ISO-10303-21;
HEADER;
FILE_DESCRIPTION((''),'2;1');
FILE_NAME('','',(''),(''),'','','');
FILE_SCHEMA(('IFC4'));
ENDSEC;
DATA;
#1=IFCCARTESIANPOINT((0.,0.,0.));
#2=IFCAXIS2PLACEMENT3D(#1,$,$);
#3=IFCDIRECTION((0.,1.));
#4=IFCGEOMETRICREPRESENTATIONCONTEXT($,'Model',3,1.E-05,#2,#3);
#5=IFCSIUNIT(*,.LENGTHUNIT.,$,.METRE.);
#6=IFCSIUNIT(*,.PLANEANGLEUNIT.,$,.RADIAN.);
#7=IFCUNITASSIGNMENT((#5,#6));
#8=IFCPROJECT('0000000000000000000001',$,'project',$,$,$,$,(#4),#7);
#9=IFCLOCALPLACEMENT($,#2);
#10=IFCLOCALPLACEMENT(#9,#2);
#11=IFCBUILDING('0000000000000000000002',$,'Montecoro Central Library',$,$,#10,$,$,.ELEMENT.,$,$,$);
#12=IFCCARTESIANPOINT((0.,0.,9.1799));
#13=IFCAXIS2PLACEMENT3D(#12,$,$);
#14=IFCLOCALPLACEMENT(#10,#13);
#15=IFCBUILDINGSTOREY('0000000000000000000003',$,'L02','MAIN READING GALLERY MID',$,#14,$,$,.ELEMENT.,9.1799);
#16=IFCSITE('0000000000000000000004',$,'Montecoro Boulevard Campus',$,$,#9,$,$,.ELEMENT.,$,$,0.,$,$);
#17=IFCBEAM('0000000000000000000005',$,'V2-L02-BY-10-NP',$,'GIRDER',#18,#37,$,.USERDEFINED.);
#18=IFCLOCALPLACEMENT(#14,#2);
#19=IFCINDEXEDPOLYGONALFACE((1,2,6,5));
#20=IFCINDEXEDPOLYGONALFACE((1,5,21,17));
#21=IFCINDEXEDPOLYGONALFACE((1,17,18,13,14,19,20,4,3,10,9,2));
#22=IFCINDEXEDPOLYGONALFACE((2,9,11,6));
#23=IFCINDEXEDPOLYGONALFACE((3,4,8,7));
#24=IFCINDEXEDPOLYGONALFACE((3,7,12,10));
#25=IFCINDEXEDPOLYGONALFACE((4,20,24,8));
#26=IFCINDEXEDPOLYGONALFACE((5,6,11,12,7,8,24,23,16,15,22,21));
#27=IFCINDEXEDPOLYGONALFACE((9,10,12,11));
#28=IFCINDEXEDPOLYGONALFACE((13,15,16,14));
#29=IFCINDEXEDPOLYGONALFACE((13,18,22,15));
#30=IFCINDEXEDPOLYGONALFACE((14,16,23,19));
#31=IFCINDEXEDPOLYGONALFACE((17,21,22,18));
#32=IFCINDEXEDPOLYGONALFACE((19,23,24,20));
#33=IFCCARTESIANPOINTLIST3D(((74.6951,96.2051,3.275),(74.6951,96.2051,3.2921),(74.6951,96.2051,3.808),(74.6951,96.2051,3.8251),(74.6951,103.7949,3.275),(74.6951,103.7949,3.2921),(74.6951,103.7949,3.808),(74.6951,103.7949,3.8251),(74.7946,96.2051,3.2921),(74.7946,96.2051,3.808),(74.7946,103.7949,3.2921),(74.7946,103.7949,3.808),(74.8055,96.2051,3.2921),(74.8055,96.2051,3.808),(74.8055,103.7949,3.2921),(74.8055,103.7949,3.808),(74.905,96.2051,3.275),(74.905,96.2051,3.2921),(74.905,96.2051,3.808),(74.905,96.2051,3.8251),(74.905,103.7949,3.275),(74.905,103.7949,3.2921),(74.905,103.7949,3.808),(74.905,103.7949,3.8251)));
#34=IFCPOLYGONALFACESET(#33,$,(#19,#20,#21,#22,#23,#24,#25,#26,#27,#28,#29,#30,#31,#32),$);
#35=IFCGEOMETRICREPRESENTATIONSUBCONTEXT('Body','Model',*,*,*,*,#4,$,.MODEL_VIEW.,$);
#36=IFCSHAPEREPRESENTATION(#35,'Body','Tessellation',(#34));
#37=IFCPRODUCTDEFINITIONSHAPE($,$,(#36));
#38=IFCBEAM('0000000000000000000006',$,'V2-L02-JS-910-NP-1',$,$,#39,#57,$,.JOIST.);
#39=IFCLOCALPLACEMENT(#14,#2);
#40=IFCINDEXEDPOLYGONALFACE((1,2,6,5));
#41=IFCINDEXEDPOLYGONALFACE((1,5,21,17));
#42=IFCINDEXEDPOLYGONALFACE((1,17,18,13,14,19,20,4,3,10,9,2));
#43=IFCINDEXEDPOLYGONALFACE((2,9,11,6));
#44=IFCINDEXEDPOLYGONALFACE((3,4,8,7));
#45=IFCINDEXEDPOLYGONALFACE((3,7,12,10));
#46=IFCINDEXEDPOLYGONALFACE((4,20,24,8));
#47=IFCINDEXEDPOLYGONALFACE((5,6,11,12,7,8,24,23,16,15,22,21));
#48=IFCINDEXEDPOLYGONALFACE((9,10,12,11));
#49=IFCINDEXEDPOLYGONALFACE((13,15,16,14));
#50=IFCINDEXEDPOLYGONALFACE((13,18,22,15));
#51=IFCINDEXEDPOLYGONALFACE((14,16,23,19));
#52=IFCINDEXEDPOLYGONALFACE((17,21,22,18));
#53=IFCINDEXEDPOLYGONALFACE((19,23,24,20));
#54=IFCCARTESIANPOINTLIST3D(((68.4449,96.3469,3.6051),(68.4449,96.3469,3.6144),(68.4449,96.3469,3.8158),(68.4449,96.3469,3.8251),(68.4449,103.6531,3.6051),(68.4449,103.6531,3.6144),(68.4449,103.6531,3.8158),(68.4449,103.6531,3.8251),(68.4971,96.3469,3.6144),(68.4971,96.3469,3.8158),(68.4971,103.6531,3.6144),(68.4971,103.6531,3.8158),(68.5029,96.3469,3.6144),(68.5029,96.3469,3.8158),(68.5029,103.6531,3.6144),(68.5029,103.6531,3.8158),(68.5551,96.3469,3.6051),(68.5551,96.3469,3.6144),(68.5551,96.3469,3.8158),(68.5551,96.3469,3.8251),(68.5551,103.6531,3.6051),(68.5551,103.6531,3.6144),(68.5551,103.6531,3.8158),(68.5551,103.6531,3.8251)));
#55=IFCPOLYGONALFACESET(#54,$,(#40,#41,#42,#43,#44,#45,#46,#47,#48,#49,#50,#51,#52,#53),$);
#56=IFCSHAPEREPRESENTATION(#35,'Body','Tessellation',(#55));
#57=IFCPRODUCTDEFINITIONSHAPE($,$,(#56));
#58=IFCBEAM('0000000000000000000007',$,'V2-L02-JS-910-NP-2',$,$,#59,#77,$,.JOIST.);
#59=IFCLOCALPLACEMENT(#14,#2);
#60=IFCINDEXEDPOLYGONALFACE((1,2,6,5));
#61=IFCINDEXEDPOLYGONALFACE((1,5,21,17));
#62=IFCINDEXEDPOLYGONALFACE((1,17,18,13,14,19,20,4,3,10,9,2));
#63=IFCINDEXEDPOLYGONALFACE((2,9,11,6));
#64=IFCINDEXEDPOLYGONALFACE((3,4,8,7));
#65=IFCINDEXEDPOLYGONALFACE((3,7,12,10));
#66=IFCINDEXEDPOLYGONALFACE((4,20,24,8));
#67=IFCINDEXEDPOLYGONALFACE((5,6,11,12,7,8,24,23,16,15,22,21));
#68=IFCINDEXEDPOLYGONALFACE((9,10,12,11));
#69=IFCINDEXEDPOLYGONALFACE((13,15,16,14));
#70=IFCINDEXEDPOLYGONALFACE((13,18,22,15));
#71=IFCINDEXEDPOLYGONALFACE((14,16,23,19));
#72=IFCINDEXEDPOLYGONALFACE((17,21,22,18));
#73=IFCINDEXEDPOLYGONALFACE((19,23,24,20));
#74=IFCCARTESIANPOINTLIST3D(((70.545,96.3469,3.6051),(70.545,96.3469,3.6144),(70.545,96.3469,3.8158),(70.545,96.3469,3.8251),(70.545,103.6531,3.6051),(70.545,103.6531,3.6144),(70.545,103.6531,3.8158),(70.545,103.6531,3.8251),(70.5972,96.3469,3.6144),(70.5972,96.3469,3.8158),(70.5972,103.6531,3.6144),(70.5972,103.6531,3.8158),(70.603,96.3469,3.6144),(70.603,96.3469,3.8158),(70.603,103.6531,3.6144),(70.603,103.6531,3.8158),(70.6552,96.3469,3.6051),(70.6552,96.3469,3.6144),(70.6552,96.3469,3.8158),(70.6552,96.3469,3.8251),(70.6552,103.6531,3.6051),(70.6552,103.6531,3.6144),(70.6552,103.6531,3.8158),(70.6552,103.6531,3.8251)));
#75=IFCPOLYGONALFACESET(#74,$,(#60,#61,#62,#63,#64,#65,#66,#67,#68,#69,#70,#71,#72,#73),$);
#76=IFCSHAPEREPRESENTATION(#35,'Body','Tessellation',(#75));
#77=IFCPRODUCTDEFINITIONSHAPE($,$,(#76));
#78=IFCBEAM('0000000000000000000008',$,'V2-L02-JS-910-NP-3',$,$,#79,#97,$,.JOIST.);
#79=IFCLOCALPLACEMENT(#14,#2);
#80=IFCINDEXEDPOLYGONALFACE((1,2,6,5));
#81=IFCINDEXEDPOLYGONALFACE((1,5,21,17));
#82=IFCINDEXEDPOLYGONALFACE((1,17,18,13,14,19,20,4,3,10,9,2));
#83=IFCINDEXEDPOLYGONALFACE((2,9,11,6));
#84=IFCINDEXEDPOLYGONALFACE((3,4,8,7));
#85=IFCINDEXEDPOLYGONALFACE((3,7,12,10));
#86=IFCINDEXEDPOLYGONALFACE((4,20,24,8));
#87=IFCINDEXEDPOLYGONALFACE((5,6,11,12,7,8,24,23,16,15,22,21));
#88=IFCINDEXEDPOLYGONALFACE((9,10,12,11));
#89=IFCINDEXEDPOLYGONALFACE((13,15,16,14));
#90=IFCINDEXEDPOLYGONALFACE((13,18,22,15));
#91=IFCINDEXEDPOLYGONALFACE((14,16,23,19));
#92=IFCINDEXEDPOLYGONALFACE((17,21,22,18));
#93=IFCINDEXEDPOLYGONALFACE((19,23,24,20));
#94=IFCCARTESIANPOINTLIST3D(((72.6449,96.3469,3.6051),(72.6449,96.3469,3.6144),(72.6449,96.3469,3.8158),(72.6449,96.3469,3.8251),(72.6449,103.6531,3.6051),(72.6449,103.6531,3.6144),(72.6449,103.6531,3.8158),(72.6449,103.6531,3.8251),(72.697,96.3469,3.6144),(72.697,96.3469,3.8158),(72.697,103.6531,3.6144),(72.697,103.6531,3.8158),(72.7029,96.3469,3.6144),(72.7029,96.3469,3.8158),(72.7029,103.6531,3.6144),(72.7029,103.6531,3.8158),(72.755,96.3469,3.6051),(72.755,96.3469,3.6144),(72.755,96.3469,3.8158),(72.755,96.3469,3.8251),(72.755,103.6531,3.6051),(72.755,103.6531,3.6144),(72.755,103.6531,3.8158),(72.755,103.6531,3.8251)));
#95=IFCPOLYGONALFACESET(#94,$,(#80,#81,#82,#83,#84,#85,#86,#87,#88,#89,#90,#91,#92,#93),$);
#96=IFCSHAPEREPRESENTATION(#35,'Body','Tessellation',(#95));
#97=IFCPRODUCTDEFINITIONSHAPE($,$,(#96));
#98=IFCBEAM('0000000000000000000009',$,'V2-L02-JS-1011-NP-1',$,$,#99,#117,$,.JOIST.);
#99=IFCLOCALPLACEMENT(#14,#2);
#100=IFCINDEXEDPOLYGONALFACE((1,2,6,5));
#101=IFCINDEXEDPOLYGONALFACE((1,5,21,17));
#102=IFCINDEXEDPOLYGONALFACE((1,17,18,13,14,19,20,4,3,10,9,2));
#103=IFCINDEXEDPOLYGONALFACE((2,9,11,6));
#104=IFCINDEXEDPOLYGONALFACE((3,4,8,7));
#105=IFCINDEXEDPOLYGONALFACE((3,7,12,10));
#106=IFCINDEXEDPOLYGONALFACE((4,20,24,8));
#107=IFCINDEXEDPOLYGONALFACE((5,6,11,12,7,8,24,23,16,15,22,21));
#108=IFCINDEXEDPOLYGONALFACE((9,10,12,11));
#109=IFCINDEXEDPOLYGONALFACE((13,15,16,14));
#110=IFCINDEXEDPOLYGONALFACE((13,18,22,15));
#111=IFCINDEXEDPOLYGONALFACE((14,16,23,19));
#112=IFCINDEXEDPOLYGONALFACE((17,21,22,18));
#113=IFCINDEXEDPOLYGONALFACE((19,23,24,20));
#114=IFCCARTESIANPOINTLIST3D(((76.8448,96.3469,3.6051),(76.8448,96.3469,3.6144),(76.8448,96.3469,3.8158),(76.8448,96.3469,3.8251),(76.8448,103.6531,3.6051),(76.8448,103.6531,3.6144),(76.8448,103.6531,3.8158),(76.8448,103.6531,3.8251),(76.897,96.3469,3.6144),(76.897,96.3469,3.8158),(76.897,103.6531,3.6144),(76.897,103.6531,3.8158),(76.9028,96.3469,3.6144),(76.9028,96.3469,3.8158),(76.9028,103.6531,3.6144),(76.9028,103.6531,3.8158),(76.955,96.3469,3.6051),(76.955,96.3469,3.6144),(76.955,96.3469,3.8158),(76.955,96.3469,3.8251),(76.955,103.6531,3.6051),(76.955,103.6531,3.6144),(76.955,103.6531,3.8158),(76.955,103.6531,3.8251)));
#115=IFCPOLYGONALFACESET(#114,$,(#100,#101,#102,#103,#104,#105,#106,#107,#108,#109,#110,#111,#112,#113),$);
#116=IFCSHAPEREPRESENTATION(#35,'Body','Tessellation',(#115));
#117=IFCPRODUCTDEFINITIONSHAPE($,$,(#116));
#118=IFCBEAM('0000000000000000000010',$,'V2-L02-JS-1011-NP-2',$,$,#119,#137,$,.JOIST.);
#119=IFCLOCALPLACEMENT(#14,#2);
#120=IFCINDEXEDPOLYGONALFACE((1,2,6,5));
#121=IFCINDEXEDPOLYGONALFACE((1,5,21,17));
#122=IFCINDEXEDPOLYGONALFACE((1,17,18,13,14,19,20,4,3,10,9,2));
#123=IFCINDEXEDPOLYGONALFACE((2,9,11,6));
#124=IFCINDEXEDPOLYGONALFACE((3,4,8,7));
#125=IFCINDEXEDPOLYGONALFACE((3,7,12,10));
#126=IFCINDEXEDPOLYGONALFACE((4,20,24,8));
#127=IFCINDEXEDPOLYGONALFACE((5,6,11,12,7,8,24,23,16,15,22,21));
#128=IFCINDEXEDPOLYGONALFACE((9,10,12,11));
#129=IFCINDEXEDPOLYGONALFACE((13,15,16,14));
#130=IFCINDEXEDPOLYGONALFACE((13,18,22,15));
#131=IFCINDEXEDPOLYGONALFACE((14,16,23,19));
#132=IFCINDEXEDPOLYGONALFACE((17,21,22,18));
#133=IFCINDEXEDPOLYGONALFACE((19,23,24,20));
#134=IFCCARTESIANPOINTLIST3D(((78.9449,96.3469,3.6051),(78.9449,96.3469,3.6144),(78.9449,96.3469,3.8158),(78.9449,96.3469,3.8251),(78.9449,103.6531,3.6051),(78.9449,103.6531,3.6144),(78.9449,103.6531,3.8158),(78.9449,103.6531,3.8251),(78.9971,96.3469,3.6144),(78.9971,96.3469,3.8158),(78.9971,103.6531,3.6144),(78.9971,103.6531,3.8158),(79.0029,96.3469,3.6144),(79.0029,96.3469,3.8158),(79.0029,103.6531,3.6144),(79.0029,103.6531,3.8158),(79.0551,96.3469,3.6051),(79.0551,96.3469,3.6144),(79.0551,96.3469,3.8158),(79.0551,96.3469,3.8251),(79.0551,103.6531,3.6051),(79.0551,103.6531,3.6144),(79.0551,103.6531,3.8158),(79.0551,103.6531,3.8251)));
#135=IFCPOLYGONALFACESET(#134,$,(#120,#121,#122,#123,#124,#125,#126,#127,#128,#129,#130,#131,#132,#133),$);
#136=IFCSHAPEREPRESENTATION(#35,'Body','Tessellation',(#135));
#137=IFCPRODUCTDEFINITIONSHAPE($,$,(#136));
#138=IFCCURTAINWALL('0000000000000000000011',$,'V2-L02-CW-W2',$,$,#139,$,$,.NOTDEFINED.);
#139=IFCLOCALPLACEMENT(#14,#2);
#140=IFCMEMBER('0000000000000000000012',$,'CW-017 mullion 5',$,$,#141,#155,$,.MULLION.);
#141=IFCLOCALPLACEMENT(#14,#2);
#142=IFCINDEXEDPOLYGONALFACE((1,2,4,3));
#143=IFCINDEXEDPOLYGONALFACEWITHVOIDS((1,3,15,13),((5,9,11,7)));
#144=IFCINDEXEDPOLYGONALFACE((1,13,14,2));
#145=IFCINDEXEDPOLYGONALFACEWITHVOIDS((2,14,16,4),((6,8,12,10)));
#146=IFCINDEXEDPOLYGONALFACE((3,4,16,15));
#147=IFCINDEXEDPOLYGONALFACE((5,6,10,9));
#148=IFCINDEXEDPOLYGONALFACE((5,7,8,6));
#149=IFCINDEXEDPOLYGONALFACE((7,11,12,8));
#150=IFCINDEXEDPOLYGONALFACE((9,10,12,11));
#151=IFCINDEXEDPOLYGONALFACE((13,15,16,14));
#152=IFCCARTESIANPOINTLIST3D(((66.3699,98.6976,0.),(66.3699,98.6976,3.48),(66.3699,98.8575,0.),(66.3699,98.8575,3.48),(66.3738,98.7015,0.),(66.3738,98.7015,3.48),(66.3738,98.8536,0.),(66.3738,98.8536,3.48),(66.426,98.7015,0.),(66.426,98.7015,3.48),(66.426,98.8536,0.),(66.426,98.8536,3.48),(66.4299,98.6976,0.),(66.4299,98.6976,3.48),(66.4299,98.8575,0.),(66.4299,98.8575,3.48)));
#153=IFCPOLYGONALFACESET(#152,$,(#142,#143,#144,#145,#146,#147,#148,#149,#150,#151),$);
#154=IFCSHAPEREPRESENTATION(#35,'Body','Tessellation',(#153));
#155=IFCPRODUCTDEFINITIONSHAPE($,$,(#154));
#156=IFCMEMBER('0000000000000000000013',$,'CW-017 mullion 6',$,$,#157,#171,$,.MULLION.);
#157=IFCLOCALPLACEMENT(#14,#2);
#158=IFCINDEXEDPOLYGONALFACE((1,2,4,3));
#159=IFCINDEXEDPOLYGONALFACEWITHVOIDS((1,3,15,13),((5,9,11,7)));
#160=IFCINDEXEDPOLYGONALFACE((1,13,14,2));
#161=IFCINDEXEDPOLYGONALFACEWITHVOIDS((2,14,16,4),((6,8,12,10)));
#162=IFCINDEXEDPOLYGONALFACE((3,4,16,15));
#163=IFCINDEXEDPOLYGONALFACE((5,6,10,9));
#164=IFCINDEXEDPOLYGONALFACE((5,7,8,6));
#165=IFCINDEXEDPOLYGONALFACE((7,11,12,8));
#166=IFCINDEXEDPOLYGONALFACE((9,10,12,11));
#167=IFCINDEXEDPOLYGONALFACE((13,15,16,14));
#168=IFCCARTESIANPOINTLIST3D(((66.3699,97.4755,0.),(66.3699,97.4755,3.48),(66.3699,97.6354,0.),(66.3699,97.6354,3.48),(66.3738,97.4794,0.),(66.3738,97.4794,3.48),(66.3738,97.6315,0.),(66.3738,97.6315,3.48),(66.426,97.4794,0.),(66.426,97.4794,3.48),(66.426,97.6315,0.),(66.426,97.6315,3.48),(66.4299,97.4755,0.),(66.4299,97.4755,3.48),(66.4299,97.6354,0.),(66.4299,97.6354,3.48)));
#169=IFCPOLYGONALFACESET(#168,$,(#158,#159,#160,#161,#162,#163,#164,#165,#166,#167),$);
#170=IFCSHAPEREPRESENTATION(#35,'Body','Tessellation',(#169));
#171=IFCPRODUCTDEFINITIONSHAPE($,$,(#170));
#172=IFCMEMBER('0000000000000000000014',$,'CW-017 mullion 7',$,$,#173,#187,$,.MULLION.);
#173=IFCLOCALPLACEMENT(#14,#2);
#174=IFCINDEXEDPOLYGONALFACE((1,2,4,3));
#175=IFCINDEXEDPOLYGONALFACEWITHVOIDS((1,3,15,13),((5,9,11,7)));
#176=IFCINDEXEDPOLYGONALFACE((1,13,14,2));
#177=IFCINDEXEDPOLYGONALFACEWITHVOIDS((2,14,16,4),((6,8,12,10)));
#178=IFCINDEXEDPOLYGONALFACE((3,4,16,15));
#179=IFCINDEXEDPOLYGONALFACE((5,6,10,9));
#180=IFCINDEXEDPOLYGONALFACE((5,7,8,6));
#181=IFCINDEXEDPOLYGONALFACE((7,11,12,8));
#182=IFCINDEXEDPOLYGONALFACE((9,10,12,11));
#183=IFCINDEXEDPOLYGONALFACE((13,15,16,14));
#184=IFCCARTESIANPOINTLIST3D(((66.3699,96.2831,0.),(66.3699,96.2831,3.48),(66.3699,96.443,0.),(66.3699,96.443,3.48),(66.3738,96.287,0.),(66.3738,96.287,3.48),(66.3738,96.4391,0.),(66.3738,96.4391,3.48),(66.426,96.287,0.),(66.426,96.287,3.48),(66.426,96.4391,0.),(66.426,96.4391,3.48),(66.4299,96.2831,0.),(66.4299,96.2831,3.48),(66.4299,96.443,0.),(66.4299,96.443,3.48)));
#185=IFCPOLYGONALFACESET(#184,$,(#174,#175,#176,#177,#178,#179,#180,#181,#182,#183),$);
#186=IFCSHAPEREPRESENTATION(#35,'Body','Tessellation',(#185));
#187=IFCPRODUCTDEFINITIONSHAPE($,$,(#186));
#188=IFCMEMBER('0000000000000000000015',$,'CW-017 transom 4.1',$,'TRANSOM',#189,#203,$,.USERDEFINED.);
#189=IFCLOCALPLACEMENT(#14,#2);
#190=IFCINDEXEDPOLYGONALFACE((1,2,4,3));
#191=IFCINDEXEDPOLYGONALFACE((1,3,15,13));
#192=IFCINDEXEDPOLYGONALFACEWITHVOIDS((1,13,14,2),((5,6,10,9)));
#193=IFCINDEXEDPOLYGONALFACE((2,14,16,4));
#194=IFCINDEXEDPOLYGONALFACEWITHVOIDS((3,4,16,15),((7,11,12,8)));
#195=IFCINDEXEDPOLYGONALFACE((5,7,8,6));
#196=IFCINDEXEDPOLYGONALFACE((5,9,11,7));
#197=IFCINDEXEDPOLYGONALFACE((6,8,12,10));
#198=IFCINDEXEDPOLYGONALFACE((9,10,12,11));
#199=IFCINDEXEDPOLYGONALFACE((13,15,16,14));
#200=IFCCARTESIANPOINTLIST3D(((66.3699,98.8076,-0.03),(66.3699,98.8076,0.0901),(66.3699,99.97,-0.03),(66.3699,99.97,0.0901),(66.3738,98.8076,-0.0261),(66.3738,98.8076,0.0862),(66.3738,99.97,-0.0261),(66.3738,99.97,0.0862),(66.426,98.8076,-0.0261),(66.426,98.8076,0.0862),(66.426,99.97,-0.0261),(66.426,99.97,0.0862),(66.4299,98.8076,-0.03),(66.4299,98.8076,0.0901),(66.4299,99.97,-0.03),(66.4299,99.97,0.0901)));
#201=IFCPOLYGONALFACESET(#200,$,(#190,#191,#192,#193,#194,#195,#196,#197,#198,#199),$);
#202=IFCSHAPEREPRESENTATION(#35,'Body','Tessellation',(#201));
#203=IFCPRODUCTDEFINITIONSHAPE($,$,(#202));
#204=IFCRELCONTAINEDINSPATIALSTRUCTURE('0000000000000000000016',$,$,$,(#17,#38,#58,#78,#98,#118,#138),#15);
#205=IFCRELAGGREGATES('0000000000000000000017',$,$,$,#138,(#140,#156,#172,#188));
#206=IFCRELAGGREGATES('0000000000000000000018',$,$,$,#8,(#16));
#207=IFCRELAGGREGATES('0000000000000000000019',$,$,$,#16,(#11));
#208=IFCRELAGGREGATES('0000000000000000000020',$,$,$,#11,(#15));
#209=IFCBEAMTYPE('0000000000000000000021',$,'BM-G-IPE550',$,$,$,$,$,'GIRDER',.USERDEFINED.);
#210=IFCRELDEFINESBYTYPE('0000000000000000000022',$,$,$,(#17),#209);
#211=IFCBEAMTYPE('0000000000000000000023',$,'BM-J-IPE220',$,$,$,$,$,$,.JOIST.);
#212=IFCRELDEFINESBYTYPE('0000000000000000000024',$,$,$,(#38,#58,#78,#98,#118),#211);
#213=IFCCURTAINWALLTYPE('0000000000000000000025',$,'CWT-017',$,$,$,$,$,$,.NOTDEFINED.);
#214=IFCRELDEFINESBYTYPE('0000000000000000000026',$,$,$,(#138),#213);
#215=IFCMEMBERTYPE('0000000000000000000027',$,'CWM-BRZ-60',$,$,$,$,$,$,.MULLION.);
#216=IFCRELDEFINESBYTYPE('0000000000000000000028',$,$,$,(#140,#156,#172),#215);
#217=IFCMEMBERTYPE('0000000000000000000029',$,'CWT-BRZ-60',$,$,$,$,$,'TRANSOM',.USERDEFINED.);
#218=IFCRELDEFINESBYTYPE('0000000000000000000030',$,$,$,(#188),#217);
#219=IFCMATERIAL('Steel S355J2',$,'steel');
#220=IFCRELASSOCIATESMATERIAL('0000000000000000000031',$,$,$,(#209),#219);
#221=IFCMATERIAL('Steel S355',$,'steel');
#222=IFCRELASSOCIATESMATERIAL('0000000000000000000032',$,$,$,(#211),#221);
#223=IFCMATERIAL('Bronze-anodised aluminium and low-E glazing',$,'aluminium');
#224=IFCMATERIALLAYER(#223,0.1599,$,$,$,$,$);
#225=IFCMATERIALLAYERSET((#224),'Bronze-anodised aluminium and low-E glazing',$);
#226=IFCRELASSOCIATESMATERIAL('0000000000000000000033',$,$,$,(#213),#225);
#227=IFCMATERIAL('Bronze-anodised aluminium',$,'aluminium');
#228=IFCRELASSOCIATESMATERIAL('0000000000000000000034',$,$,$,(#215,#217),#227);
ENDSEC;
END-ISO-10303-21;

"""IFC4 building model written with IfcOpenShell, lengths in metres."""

from ifc_helpers import new_model, si_unit, direction, frame, origin, origin_2d, place, context, subcontext, project, spatial, hollow_rectangle, i_section, extrude, material, layer, layer_set, material_profile, profile_set, type_object, element, aggregate, save


model = new_model("IFC4")

# Units and contexts
model_context = context("Model", 3, precision=1e-05, world=origin(), true_north=direction((0.0, 1.0)))
body_context = subcontext(model_context, "Body", "Model", "MODEL_VIEW")
ifc_project = project(units=[si_unit("LENGTHUNIT", "METRE"), si_unit("PLANEANGLEUNIT", "RADIAN")], contexts=[model_context])

# Site, building, storey
site_placement = place(None, origin())
site = spatial("IfcSite", under=ifc_project, at=site_placement, Name="Montecoro Boulevard Campus", CompositionType="ELEMENT", RefElevation=0.0)
building_placement = place(site_placement, origin())
building = spatial("IfcBuilding", under=site, at=building_placement, Name="Montecoro Central Library", CompositionType="ELEMENT")
storey_placement = place(building_placement, frame((0.0, 0.0, 9.1799)))
storey = spatial("IfcBuildingStorey", under=building, at=storey_placement, Name="L02", Description="MAIN READING GALLERY MID", CompositionType="ELEMENT", Elevation=9.1799)

# Beams
ifc_material_1 = material(Name="Steel S355J2", Category="steel")
ifc_material_profile_1 = material_profile(ifc_material_1, i_section(OverallWidth=0.21, OverallDepth=0.55, WebThickness=0.011, FlangeThickness=0.0171, at=origin_2d()), Name="IPE 550")
ifc_profile_set_1 = profile_set([ifc_material_profile_1], Name="Steel S355J2")
beam_type_1 = type_object("IfcBeamType", Name="BM-G-IPE550", ElementType="GIRDER", PredefinedType="USERDEFINED", material=ifc_profile_set_1)
beam_placement = place(storey_placement, frame((74.8, 96.2051, 3.55), z_axis=(0.0, 1.0, 0.0), x_axis=(-1.0, 0.0, 0.0)))
element("IfcBeam", 1, at=beam_placement, inside=storey, type_object=beam_type_1, Name="V2-L02-BY-10-NP", ObjectType="GIRDER", PredefinedType="USERDEFINED", context=body_context, shape_type="SweptSolid", body=[
    extrude(i_section(OverallWidth=0.21, OverallDepth=0.55, WebThickness=0.011, FlangeThickness=0.0171, at=origin_2d()), origin(), (0.0, 0.0, 1.0), 7.5898),
])
ifc_material_2 = material(Name="Steel S355", Category="steel")
ifc_material_profile_2 = material_profile(ifc_material_2, i_section(OverallWidth=0.1101, OverallDepth=0.22, WebThickness=0.0059, FlangeThickness=0.0093, at=origin_2d()), Name="IPE 220")
ifc_profile_set_2 = profile_set([ifc_material_profile_2], Name="Steel S355")
beam_type_2 = type_object("IfcBeamType", Name="BM-J-IPE220", PredefinedType="JOIST", material=ifc_profile_set_2)
for number, where, z_axis, x_axis, name in (
    (2, (68.5, 96.3469, 3.7151), (0.0, 1.0, 0.0), (-1.0, 0.0, 0.0), "V2-L02-JS-910-NP-1"),
    (3, (70.6001, 96.3469, 3.7151), (0.0, 1.0, 0.0), (-1.0, 0.0, 0.0), "V2-L02-JS-910-NP-2"),
    (4, (72.7, 96.3469, 3.7151), (0.0, 1.0, 0.0), (-1.0, 0.0, 0.0), "V2-L02-JS-910-NP-3"),
    (5, (76.8999, 96.3469, 3.7151), (0.0, 1.0, 0.0), (-1.0, 0.0, 0.0), "V2-L02-JS-1011-NP-1"),
    (6, (79.0, 96.3469, 3.7151), (0.0, 1.0, 0.0), (-1.0, 0.0, 0.0), "V2-L02-JS-1011-NP-2"),
):
    element("IfcBeam", number, at=place(storey_placement, frame(where, z_axis=z_axis, x_axis=x_axis)), inside=storey, type_object=beam_type_2, Name=name, PredefinedType="JOIST", context=body_context, shape_type="SweptSolid", body=[
        extrude(i_section(OverallWidth=0.1101, OverallDepth=0.22, WebThickness=0.0059, FlangeThickness=0.0093, at=origin_2d()), origin(), (0.0, 0.0, 1.0), 7.3062),
    ])

# Curtain wall, members
ifc_material_3 = material(Name="Bronze-anodised aluminium and low-E glazing", Category="aluminium")
ifc_layer_1 = layer(ifc_material_3, 0.1599)
ifc_layer_set_1 = layer_set([ifc_layer_1], Name="Bronze-anodised aluminium and low-E glazing")
curtain_wall_type = type_object("IfcCurtainWallType", Name="CWT-017", PredefinedType="NOTDEFINED", material=ifc_layer_set_1)
curtain_wall_placement = place(storey_placement, origin())
curtain_wall = element("IfcCurtainWall", 7, at=curtain_wall_placement, inside=storey, type_object=curtain_wall_type, Name="V2-L02-CW-W2", PredefinedType="NOTDEFINED")
ifc_material_4 = material(Name="Bronze-anodised aluminium", Category="aluminium")
ifc_material_profile_3 = material_profile(ifc_material_4, hollow_rectangle(XDim=0.0601, YDim=0.1599, WallThickness=0.0039, at=origin_2d()), Name="CWM 160x60x4.0")
ifc_profile_set_3 = profile_set([ifc_material_profile_3], Name="Bronze-anodised aluminium")
member_type_1 = type_object("IfcMemberType", Name="CWM-BRZ-60", PredefinedType="MULLION", material=ifc_profile_set_3)
member_1_placement = place(storey_placement, frame((66.3999, 98.7776, 0.0), z_axis=(0.0, 0.0, 1.0), x_axis=(1.0, 0.0, 0.0)))
member_1 = element("IfcMember", 8, at=member_1_placement, type_object=member_type_1, Name="CW-017 mullion 5", PredefinedType="MULLION", context=body_context, shape_type="SweptSolid", body=[
    extrude(hollow_rectangle(XDim=0.0601, YDim=0.1599, WallThickness=0.0039, at=origin_2d()), origin(), (0.0, 0.0, 1.0), 3.48),
])
member_2_placement = place(storey_placement, frame((66.3999, 97.5554, 0.0), z_axis=(0.0, 0.0, 1.0), x_axis=(1.0, 0.0, 0.0)))
member_2 = element("IfcMember", 9, at=member_2_placement, type_object=member_type_1, Name="CW-017 mullion 6", PredefinedType="MULLION", context=body_context, shape_type="SweptSolid", body=[
    extrude(hollow_rectangle(XDim=0.0601, YDim=0.1599, WallThickness=0.0039, at=origin_2d()), origin(), (0.0, 0.0, 1.0), 3.48),
])
member_3_placement = place(storey_placement, frame((66.3999, 96.363, 0.0), z_axis=(0.0, 0.0, 1.0), x_axis=(1.0, 0.0, 0.0)))
member_3 = element("IfcMember", 10, at=member_3_placement, type_object=member_type_1, Name="CW-017 mullion 7", PredefinedType="MULLION", context=body_context, shape_type="SweptSolid", body=[
    extrude(hollow_rectangle(XDim=0.0601, YDim=0.1599, WallThickness=0.0039, at=origin_2d()), origin(), (0.0, 0.0, 1.0), 3.48),
])
ifc_material_profile_4 = material_profile(ifc_material_4, hollow_rectangle(XDim=0.0601, YDim=0.1201, WallThickness=0.0039, at=origin_2d()), Name="CWT 120x60x4.0")
ifc_profile_set_4 = profile_set([ifc_material_profile_4], Name="Bronze-anodised aluminium")
member_type_2 = type_object("IfcMemberType", Name="CWT-BRZ-60", ElementType="TRANSOM", PredefinedType="USERDEFINED", material=ifc_profile_set_4)
member_4_placement = place(storey_placement, frame((66.3999, 99.97, 0.03), z_axis=(0.0, -1.0, 0.0), x_axis=(1.0, 0.0, 0.0)))
member_4 = element("IfcMember", 11, at=member_4_placement, type_object=member_type_2, Name="CW-017 transom 4.1", ObjectType="TRANSOM", PredefinedType="USERDEFINED", context=body_context, shape_type="SweptSolid", body=[
    extrude(hollow_rectangle(XDim=0.0601, YDim=0.1201, WallThickness=0.0039, at=origin_2d()), origin(), (0.0, 0.0, 1.0), 1.1624),
])
aggregate(curtain_wall, [member_1, member_2, member_3, member_4])

save(model, "model.ifc")
